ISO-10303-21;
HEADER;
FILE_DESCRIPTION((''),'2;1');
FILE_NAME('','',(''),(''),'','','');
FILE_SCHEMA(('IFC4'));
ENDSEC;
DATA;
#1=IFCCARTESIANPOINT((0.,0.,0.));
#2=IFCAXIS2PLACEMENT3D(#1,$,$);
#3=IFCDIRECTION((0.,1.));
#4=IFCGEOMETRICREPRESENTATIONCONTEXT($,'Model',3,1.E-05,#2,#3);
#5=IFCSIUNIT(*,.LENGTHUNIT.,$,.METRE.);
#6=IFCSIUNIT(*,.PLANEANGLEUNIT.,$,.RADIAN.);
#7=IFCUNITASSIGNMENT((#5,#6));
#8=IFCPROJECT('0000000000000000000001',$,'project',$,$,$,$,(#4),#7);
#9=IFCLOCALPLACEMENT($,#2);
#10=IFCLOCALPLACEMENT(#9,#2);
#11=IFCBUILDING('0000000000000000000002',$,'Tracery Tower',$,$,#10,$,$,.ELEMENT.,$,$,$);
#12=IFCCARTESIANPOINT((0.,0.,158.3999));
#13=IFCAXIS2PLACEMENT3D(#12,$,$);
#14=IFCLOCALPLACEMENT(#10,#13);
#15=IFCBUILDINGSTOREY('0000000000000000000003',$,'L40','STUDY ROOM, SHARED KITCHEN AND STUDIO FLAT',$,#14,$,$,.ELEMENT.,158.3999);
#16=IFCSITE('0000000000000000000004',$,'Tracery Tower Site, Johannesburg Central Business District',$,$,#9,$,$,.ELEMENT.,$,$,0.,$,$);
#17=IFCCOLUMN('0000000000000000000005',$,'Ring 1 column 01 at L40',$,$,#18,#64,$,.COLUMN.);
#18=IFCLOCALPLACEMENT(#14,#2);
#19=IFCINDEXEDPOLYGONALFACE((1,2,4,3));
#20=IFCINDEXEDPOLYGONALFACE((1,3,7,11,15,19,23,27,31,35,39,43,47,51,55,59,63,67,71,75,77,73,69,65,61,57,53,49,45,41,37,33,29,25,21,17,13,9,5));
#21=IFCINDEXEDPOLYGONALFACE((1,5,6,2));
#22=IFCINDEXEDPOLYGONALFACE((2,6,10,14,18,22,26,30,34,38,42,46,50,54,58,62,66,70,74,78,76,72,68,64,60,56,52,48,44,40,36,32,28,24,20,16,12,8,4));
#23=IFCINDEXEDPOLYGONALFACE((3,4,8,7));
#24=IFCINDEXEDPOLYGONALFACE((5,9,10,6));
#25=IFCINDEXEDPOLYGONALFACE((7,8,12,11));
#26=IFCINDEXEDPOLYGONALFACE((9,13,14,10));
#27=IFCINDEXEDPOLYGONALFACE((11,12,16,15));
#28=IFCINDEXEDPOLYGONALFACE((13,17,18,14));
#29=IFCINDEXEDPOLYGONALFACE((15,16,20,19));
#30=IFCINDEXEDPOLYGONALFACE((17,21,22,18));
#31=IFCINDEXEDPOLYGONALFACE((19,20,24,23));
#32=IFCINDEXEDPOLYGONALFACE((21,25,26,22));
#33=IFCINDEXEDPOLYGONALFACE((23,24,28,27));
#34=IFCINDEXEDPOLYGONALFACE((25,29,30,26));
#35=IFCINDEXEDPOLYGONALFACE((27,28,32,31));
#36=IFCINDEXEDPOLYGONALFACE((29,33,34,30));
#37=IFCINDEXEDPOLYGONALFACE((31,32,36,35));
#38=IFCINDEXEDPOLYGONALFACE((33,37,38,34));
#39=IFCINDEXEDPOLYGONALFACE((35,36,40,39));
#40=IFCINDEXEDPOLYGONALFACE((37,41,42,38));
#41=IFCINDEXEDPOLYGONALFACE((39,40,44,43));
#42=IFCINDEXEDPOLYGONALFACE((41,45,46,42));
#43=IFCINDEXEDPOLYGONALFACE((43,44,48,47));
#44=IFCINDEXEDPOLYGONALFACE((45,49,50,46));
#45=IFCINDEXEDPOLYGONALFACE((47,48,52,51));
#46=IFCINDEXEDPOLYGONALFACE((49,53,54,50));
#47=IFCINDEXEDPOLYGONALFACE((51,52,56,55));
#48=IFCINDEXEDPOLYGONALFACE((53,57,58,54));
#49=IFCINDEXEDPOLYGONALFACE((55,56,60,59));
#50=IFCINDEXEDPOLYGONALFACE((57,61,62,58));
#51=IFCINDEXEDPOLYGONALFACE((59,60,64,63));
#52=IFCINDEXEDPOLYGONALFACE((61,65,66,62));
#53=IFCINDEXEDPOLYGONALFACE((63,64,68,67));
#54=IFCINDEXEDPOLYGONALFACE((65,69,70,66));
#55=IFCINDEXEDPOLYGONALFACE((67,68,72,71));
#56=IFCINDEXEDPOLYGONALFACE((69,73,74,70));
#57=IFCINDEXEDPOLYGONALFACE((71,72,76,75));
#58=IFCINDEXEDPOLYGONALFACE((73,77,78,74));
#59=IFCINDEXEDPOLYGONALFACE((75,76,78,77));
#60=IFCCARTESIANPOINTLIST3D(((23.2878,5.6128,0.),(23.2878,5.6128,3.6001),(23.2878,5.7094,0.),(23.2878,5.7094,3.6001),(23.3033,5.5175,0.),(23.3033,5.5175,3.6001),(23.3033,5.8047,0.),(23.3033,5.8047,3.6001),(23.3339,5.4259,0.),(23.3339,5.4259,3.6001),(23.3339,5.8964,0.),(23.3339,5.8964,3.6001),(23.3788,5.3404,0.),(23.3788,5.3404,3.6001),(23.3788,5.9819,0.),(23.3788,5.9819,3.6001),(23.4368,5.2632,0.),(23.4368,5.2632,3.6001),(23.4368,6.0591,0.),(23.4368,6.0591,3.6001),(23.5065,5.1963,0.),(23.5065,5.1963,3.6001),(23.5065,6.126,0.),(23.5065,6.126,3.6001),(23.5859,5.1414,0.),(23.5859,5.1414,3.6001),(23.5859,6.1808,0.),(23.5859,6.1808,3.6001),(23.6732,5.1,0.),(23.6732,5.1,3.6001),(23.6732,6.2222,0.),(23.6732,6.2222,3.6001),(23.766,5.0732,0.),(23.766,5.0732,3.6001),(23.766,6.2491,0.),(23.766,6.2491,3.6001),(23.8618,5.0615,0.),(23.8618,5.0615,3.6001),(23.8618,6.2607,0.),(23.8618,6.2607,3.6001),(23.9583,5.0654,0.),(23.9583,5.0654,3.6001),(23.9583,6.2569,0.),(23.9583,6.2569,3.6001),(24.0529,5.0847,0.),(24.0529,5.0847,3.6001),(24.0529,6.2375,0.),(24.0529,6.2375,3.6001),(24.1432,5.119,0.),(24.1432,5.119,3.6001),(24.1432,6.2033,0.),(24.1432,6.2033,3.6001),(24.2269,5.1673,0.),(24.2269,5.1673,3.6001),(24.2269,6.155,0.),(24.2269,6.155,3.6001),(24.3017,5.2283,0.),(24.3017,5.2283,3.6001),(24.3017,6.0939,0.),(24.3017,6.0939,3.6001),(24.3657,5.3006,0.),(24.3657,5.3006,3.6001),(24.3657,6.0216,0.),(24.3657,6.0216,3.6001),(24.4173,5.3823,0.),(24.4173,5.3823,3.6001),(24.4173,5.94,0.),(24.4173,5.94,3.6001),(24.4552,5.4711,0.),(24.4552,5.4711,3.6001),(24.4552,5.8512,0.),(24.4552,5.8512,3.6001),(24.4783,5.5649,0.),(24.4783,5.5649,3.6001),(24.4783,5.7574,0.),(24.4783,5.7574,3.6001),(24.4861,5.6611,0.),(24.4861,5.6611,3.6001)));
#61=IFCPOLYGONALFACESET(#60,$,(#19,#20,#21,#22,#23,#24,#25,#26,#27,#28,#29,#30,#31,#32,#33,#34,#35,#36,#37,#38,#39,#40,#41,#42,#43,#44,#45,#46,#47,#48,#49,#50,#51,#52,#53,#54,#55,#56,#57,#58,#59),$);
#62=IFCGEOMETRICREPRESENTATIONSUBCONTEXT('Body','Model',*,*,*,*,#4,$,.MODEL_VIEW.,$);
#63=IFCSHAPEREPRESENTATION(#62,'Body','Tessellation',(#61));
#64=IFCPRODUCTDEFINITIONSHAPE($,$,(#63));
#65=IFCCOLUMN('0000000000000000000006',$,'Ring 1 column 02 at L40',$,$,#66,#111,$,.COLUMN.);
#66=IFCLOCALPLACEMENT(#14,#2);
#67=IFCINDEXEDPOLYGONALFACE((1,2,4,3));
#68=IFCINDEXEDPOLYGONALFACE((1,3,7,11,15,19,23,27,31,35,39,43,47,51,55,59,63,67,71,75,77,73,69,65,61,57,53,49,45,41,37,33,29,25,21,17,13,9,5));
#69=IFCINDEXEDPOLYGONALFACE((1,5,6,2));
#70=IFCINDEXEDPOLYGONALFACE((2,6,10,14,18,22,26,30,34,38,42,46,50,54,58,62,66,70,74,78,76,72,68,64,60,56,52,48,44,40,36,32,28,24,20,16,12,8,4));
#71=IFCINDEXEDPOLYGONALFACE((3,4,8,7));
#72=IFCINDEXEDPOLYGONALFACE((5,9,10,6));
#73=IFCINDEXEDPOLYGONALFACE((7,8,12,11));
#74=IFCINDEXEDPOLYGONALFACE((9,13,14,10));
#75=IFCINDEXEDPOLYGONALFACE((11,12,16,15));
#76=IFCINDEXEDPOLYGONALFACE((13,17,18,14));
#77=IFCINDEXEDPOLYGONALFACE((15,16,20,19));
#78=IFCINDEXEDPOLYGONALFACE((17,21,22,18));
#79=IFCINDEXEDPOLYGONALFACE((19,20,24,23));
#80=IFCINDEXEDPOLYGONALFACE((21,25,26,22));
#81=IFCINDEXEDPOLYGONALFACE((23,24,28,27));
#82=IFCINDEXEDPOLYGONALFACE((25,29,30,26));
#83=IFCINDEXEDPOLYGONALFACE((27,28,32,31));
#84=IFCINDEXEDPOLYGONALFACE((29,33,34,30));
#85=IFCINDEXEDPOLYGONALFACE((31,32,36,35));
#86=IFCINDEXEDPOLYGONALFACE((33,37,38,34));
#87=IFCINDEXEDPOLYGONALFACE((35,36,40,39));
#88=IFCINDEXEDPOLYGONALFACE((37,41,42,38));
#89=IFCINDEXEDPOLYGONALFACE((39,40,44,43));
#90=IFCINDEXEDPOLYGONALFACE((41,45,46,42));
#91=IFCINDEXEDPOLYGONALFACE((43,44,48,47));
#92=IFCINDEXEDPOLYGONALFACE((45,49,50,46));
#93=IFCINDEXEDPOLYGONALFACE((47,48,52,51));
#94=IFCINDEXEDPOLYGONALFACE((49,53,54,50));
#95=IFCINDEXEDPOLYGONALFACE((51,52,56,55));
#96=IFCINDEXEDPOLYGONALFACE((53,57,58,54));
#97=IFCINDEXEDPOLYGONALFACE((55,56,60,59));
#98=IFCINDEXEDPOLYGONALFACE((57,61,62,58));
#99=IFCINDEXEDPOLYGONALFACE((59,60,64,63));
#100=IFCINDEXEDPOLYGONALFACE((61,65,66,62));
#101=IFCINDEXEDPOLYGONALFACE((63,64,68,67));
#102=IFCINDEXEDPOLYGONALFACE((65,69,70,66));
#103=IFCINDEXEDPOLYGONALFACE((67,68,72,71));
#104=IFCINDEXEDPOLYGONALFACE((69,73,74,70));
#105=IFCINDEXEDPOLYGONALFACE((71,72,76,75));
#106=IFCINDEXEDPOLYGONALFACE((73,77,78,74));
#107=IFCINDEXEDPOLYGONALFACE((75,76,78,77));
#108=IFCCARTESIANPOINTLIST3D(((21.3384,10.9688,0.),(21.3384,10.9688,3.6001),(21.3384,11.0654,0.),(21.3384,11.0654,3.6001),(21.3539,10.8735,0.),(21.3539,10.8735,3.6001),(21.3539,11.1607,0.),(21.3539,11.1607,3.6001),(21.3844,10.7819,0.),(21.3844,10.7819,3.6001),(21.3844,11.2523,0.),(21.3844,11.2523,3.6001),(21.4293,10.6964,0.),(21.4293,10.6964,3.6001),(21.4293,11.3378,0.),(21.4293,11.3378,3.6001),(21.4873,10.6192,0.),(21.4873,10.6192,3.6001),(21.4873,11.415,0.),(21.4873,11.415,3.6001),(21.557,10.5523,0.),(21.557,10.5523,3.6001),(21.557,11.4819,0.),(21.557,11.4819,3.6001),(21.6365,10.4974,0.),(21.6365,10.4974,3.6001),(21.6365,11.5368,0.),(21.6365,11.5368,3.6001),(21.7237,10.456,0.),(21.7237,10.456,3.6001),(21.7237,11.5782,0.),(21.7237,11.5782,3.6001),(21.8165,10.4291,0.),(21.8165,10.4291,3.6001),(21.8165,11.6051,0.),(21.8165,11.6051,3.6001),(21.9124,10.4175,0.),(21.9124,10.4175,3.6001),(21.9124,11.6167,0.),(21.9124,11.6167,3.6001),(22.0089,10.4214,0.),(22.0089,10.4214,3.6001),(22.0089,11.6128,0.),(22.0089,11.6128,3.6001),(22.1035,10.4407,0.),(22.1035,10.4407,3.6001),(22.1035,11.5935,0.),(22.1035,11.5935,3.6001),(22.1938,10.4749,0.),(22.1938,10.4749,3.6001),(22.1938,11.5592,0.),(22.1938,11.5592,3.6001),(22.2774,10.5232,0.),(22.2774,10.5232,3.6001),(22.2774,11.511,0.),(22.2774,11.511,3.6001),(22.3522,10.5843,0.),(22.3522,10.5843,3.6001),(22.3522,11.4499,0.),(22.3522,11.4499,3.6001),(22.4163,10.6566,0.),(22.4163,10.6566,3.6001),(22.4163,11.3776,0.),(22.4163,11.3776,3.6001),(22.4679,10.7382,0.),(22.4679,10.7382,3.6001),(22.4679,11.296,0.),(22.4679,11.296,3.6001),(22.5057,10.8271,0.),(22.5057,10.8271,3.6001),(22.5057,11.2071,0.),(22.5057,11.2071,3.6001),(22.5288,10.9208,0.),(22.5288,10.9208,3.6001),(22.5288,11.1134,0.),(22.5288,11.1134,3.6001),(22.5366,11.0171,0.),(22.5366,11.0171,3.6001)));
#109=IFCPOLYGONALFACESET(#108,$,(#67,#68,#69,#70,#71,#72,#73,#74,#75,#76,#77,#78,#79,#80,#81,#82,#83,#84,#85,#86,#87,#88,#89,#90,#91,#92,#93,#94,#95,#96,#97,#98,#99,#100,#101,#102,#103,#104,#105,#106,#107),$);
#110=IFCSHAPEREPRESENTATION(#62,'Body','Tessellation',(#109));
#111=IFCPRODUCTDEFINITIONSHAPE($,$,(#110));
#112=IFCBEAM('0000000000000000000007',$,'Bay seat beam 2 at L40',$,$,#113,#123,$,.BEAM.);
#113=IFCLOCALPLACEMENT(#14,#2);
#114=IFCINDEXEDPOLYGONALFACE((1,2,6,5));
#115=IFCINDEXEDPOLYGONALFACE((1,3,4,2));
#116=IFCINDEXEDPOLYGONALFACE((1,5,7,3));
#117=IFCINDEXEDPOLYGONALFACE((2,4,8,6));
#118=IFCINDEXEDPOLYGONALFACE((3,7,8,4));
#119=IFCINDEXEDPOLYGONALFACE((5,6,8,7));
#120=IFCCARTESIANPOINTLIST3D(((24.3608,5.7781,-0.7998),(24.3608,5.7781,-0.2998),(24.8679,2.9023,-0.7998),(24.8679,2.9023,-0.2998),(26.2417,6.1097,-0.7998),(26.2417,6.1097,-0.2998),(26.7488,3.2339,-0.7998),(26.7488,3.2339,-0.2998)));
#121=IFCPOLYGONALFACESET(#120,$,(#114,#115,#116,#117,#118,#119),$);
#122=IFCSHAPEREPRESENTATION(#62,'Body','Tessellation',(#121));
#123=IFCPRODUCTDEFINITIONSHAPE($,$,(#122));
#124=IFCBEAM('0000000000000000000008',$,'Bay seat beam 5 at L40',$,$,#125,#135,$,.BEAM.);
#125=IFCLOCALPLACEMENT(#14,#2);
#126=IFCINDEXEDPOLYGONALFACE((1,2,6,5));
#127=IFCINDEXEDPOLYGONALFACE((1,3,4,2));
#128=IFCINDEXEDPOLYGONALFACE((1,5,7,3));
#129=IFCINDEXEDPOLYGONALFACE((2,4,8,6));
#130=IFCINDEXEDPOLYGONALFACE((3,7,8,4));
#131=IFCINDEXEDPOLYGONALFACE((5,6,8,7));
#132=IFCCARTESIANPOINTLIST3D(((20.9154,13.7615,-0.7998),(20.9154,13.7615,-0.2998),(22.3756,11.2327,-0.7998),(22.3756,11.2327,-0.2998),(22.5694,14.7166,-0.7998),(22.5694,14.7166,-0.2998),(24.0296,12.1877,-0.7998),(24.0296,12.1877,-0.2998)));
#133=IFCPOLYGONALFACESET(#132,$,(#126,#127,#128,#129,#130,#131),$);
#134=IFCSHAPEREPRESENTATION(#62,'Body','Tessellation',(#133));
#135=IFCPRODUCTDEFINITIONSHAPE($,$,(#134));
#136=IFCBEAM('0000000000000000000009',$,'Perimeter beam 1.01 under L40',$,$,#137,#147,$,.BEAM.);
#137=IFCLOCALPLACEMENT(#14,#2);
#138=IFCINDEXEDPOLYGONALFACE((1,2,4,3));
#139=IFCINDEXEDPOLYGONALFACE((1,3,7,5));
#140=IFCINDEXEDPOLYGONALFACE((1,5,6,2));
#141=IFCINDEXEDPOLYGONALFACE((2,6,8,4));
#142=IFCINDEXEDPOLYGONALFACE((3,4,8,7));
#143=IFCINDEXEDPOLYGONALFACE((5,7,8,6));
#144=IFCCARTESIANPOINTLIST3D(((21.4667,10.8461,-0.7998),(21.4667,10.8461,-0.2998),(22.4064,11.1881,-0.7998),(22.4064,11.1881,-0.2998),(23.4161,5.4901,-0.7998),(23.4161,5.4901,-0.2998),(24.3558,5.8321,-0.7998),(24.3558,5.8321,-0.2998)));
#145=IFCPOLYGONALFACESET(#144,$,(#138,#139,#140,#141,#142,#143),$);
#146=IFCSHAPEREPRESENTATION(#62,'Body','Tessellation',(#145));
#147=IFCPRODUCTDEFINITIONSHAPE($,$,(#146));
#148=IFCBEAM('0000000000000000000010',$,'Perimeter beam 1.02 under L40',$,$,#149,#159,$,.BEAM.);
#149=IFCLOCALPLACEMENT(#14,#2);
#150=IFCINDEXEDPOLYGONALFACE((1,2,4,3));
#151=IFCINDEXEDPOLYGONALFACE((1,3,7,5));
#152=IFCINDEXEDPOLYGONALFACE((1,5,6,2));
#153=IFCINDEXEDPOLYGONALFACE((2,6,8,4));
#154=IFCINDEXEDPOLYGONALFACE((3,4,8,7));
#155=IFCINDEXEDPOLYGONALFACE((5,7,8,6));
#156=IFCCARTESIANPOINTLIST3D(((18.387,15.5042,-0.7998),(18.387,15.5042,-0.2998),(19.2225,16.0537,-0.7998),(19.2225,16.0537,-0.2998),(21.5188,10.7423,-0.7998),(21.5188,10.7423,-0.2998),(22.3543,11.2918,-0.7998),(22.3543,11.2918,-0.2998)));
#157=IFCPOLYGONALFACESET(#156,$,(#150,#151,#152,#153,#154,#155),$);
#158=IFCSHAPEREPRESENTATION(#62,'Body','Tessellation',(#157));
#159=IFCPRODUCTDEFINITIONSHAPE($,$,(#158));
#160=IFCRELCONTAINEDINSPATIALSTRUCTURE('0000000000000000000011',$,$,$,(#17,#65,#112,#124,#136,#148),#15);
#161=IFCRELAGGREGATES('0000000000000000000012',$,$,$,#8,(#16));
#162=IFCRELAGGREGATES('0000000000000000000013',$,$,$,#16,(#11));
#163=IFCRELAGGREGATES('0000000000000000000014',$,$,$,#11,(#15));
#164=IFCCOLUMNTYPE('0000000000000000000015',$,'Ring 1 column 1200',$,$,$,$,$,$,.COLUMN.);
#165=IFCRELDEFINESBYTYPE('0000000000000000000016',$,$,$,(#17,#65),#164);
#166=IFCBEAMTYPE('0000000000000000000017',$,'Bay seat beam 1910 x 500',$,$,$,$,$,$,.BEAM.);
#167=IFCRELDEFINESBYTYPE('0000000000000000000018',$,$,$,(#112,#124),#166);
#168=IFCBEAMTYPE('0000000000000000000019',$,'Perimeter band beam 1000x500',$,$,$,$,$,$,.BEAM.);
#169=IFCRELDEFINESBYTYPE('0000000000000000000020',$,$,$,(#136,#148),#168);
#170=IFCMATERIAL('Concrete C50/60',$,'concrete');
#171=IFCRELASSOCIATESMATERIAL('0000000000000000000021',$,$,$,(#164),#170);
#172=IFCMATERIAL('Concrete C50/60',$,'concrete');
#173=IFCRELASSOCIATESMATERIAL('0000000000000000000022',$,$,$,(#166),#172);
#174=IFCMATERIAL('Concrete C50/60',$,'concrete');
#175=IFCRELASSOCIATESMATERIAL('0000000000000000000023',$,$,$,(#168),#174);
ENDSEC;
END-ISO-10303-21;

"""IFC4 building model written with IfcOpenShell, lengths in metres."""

from ifc_helpers import new_model, si_unit, direction, frame, origin, origin_2d, place, context, subcontext, project, spatial, rectangle, circle, extrude, material, material_profile, profile_set, type_object, element, save


model = new_model("IFC4")

# Units and contexts
model_context = context("Model", 3, precision=1e-05, world=origin(), true_north=direction((0.0, 1.0)))
body_context = subcontext(model_context, "Body", "Model", "MODEL_VIEW")
ifc_project = project(units=[si_unit("LENGTHUNIT", "METRE"), si_unit("PLANEANGLEUNIT", "RADIAN")], contexts=[model_context])

# Site, building, storey
site_placement = place(None, origin())
site = spatial("IfcSite", under=ifc_project, at=site_placement, Name="Tracery Tower Site, Johannesburg Central Business District", CompositionType="ELEMENT", RefElevation=0.0)
building_placement = place(site_placement, origin())
building = spatial("IfcBuilding", under=site, at=building_placement, Name="Tracery Tower", CompositionType="ELEMENT")
storey_placement = place(building_placement, frame((0.0, 0.0, 158.3999)))
storey = spatial("IfcBuildingStorey", under=building, at=storey_placement, Name="L40", Description="STUDY ROOM, SHARED KITCHEN AND STUDIO FLAT", CompositionType="ELEMENT", Elevation=158.3999)

# Columns
ifc_material_1 = material(Name="Concrete C50/60", Category="concrete")
ifc_material_profile_1 = material_profile(ifc_material_1, circle(Radius=0.6001, at=origin_2d()), Name="RC D1200")
ifc_profile_set_1 = profile_set([ifc_material_profile_1], Name="Concrete C50/60")
column_type = type_object("IfcColumnType", Name="Ring 1 column 1200", PredefinedType="COLUMN", material=ifc_profile_set_1)
for number, where, z_axis, x_axis, name in (
    (1, (23.886, 5.6611, 0.0), (0.0, 0.0, 1.0), (1.0, 0.0, 0.0), "Ring 1 column 01 at L40"),
    (2, (21.9365, 11.0171, 0.0), (0.0, 0.0, 1.0), (1.0, 0.0, 0.0), "Ring 1 column 02 at L40"),
):
    element("IfcColumn", number, at=place(storey_placement, frame(where, z_axis=z_axis, x_axis=x_axis)), inside=storey, type_object=column_type, Name=name, PredefinedType="COLUMN", context=body_context, shape_type="SweptSolid", body=[
        extrude(circle(Radius=0.6001, at=origin_2d()), origin(), (0.0, 0.0, 1.0), 3.6001),
    ])

# Beams
ifc_material_2 = material(Name="Concrete C50/60", Category="concrete")
ifc_material_profile_2 = material_profile(ifc_material_2, rectangle(XDim=1.9099, YDim=0.5, at=origin_2d()), Name="RC 1910x500")
ifc_profile_set_2 = profile_set([ifc_material_profile_2], Name="Concrete C50/60")
beam_type_1 = type_object("IfcBeamType", Name="Bay seat beam 1910 x 500", PredefinedType="BEAM", material=ifc_profile_set_2)
for number, where, z_axis, x_axis, name in (
    (3, (25.8083, 3.0681, -0.5498), (-0.173652, 0.984807, 0.0), (-0.984807, -0.173652, 0.0), "Bay seat beam 2 at L40"),
    (4, (23.2026, 11.7102, -0.5498), (-0.500051, 0.865996, 0.0), (-0.865996, -0.500051, 0.0), "Bay seat beam 5 at L40"),
):
    element("IfcBeam", number, at=place(storey_placement, frame(where, z_axis=z_axis, x_axis=x_axis)), inside=storey, type_object=beam_type_1, Name=name, PredefinedType="BEAM", context=body_context, shape_type="SweptSolid", body=[
        extrude(rectangle(XDim=1.9099, YDim=0.5, at=origin_2d()), origin(), (0.0, 0.0, 1.0), 2.9202),
    ])
ifc_material_3 = material(Name="Concrete C50/60", Category="concrete")
ifc_material_profile_3 = material_profile(ifc_material_3, rectangle(XDim=1.0, YDim=0.5, at=origin_2d()), Name="RC 1000x500")
ifc_profile_set_3 = profile_set([ifc_material_profile_3], Name="Concrete C50/60")
beam_type_2 = type_object("IfcBeamType", Name="Perimeter band beam 1000x500", PredefinedType="BEAM", material=ifc_profile_set_3)
beam_1_placement = place(storey_placement, frame((23.886, 5.6611, -0.5498), z_axis=(-0.342029, 0.93969, 0.0), x_axis=(-0.93969, -0.342029, 0.0)))
element("IfcBeam", 5, at=beam_1_placement, inside=storey, type_object=beam_type_2, Name="Perimeter beam 1.01 under L40", PredefinedType="BEAM", context=body_context, shape_type="SweptSolid", body=[
    extrude(rectangle(XDim=1.0, YDim=0.5, at=origin_2d()), origin(), (0.0, 0.0, 1.0), 5.6997),
])
beam_2_placement = place(storey_placement, frame((21.9365, 11.0171, -0.5498), z_axis=(-0.54949, 0.8355, 0.0), x_axis=(-0.8355, -0.54949, 0.0)))
element("IfcBeam", 6, at=beam_2_placement, inside=storey, type_object=beam_type_2, Name="Perimeter beam 1.02 under L40", PredefinedType="BEAM", context=body_context, shape_type="SweptSolid", body=[
    extrude(rectangle(XDim=1.0, YDim=0.5, at=origin_2d()), origin(), (0.0, 0.0, 1.0), 5.6995),
])

save(model, "model.ifc")
